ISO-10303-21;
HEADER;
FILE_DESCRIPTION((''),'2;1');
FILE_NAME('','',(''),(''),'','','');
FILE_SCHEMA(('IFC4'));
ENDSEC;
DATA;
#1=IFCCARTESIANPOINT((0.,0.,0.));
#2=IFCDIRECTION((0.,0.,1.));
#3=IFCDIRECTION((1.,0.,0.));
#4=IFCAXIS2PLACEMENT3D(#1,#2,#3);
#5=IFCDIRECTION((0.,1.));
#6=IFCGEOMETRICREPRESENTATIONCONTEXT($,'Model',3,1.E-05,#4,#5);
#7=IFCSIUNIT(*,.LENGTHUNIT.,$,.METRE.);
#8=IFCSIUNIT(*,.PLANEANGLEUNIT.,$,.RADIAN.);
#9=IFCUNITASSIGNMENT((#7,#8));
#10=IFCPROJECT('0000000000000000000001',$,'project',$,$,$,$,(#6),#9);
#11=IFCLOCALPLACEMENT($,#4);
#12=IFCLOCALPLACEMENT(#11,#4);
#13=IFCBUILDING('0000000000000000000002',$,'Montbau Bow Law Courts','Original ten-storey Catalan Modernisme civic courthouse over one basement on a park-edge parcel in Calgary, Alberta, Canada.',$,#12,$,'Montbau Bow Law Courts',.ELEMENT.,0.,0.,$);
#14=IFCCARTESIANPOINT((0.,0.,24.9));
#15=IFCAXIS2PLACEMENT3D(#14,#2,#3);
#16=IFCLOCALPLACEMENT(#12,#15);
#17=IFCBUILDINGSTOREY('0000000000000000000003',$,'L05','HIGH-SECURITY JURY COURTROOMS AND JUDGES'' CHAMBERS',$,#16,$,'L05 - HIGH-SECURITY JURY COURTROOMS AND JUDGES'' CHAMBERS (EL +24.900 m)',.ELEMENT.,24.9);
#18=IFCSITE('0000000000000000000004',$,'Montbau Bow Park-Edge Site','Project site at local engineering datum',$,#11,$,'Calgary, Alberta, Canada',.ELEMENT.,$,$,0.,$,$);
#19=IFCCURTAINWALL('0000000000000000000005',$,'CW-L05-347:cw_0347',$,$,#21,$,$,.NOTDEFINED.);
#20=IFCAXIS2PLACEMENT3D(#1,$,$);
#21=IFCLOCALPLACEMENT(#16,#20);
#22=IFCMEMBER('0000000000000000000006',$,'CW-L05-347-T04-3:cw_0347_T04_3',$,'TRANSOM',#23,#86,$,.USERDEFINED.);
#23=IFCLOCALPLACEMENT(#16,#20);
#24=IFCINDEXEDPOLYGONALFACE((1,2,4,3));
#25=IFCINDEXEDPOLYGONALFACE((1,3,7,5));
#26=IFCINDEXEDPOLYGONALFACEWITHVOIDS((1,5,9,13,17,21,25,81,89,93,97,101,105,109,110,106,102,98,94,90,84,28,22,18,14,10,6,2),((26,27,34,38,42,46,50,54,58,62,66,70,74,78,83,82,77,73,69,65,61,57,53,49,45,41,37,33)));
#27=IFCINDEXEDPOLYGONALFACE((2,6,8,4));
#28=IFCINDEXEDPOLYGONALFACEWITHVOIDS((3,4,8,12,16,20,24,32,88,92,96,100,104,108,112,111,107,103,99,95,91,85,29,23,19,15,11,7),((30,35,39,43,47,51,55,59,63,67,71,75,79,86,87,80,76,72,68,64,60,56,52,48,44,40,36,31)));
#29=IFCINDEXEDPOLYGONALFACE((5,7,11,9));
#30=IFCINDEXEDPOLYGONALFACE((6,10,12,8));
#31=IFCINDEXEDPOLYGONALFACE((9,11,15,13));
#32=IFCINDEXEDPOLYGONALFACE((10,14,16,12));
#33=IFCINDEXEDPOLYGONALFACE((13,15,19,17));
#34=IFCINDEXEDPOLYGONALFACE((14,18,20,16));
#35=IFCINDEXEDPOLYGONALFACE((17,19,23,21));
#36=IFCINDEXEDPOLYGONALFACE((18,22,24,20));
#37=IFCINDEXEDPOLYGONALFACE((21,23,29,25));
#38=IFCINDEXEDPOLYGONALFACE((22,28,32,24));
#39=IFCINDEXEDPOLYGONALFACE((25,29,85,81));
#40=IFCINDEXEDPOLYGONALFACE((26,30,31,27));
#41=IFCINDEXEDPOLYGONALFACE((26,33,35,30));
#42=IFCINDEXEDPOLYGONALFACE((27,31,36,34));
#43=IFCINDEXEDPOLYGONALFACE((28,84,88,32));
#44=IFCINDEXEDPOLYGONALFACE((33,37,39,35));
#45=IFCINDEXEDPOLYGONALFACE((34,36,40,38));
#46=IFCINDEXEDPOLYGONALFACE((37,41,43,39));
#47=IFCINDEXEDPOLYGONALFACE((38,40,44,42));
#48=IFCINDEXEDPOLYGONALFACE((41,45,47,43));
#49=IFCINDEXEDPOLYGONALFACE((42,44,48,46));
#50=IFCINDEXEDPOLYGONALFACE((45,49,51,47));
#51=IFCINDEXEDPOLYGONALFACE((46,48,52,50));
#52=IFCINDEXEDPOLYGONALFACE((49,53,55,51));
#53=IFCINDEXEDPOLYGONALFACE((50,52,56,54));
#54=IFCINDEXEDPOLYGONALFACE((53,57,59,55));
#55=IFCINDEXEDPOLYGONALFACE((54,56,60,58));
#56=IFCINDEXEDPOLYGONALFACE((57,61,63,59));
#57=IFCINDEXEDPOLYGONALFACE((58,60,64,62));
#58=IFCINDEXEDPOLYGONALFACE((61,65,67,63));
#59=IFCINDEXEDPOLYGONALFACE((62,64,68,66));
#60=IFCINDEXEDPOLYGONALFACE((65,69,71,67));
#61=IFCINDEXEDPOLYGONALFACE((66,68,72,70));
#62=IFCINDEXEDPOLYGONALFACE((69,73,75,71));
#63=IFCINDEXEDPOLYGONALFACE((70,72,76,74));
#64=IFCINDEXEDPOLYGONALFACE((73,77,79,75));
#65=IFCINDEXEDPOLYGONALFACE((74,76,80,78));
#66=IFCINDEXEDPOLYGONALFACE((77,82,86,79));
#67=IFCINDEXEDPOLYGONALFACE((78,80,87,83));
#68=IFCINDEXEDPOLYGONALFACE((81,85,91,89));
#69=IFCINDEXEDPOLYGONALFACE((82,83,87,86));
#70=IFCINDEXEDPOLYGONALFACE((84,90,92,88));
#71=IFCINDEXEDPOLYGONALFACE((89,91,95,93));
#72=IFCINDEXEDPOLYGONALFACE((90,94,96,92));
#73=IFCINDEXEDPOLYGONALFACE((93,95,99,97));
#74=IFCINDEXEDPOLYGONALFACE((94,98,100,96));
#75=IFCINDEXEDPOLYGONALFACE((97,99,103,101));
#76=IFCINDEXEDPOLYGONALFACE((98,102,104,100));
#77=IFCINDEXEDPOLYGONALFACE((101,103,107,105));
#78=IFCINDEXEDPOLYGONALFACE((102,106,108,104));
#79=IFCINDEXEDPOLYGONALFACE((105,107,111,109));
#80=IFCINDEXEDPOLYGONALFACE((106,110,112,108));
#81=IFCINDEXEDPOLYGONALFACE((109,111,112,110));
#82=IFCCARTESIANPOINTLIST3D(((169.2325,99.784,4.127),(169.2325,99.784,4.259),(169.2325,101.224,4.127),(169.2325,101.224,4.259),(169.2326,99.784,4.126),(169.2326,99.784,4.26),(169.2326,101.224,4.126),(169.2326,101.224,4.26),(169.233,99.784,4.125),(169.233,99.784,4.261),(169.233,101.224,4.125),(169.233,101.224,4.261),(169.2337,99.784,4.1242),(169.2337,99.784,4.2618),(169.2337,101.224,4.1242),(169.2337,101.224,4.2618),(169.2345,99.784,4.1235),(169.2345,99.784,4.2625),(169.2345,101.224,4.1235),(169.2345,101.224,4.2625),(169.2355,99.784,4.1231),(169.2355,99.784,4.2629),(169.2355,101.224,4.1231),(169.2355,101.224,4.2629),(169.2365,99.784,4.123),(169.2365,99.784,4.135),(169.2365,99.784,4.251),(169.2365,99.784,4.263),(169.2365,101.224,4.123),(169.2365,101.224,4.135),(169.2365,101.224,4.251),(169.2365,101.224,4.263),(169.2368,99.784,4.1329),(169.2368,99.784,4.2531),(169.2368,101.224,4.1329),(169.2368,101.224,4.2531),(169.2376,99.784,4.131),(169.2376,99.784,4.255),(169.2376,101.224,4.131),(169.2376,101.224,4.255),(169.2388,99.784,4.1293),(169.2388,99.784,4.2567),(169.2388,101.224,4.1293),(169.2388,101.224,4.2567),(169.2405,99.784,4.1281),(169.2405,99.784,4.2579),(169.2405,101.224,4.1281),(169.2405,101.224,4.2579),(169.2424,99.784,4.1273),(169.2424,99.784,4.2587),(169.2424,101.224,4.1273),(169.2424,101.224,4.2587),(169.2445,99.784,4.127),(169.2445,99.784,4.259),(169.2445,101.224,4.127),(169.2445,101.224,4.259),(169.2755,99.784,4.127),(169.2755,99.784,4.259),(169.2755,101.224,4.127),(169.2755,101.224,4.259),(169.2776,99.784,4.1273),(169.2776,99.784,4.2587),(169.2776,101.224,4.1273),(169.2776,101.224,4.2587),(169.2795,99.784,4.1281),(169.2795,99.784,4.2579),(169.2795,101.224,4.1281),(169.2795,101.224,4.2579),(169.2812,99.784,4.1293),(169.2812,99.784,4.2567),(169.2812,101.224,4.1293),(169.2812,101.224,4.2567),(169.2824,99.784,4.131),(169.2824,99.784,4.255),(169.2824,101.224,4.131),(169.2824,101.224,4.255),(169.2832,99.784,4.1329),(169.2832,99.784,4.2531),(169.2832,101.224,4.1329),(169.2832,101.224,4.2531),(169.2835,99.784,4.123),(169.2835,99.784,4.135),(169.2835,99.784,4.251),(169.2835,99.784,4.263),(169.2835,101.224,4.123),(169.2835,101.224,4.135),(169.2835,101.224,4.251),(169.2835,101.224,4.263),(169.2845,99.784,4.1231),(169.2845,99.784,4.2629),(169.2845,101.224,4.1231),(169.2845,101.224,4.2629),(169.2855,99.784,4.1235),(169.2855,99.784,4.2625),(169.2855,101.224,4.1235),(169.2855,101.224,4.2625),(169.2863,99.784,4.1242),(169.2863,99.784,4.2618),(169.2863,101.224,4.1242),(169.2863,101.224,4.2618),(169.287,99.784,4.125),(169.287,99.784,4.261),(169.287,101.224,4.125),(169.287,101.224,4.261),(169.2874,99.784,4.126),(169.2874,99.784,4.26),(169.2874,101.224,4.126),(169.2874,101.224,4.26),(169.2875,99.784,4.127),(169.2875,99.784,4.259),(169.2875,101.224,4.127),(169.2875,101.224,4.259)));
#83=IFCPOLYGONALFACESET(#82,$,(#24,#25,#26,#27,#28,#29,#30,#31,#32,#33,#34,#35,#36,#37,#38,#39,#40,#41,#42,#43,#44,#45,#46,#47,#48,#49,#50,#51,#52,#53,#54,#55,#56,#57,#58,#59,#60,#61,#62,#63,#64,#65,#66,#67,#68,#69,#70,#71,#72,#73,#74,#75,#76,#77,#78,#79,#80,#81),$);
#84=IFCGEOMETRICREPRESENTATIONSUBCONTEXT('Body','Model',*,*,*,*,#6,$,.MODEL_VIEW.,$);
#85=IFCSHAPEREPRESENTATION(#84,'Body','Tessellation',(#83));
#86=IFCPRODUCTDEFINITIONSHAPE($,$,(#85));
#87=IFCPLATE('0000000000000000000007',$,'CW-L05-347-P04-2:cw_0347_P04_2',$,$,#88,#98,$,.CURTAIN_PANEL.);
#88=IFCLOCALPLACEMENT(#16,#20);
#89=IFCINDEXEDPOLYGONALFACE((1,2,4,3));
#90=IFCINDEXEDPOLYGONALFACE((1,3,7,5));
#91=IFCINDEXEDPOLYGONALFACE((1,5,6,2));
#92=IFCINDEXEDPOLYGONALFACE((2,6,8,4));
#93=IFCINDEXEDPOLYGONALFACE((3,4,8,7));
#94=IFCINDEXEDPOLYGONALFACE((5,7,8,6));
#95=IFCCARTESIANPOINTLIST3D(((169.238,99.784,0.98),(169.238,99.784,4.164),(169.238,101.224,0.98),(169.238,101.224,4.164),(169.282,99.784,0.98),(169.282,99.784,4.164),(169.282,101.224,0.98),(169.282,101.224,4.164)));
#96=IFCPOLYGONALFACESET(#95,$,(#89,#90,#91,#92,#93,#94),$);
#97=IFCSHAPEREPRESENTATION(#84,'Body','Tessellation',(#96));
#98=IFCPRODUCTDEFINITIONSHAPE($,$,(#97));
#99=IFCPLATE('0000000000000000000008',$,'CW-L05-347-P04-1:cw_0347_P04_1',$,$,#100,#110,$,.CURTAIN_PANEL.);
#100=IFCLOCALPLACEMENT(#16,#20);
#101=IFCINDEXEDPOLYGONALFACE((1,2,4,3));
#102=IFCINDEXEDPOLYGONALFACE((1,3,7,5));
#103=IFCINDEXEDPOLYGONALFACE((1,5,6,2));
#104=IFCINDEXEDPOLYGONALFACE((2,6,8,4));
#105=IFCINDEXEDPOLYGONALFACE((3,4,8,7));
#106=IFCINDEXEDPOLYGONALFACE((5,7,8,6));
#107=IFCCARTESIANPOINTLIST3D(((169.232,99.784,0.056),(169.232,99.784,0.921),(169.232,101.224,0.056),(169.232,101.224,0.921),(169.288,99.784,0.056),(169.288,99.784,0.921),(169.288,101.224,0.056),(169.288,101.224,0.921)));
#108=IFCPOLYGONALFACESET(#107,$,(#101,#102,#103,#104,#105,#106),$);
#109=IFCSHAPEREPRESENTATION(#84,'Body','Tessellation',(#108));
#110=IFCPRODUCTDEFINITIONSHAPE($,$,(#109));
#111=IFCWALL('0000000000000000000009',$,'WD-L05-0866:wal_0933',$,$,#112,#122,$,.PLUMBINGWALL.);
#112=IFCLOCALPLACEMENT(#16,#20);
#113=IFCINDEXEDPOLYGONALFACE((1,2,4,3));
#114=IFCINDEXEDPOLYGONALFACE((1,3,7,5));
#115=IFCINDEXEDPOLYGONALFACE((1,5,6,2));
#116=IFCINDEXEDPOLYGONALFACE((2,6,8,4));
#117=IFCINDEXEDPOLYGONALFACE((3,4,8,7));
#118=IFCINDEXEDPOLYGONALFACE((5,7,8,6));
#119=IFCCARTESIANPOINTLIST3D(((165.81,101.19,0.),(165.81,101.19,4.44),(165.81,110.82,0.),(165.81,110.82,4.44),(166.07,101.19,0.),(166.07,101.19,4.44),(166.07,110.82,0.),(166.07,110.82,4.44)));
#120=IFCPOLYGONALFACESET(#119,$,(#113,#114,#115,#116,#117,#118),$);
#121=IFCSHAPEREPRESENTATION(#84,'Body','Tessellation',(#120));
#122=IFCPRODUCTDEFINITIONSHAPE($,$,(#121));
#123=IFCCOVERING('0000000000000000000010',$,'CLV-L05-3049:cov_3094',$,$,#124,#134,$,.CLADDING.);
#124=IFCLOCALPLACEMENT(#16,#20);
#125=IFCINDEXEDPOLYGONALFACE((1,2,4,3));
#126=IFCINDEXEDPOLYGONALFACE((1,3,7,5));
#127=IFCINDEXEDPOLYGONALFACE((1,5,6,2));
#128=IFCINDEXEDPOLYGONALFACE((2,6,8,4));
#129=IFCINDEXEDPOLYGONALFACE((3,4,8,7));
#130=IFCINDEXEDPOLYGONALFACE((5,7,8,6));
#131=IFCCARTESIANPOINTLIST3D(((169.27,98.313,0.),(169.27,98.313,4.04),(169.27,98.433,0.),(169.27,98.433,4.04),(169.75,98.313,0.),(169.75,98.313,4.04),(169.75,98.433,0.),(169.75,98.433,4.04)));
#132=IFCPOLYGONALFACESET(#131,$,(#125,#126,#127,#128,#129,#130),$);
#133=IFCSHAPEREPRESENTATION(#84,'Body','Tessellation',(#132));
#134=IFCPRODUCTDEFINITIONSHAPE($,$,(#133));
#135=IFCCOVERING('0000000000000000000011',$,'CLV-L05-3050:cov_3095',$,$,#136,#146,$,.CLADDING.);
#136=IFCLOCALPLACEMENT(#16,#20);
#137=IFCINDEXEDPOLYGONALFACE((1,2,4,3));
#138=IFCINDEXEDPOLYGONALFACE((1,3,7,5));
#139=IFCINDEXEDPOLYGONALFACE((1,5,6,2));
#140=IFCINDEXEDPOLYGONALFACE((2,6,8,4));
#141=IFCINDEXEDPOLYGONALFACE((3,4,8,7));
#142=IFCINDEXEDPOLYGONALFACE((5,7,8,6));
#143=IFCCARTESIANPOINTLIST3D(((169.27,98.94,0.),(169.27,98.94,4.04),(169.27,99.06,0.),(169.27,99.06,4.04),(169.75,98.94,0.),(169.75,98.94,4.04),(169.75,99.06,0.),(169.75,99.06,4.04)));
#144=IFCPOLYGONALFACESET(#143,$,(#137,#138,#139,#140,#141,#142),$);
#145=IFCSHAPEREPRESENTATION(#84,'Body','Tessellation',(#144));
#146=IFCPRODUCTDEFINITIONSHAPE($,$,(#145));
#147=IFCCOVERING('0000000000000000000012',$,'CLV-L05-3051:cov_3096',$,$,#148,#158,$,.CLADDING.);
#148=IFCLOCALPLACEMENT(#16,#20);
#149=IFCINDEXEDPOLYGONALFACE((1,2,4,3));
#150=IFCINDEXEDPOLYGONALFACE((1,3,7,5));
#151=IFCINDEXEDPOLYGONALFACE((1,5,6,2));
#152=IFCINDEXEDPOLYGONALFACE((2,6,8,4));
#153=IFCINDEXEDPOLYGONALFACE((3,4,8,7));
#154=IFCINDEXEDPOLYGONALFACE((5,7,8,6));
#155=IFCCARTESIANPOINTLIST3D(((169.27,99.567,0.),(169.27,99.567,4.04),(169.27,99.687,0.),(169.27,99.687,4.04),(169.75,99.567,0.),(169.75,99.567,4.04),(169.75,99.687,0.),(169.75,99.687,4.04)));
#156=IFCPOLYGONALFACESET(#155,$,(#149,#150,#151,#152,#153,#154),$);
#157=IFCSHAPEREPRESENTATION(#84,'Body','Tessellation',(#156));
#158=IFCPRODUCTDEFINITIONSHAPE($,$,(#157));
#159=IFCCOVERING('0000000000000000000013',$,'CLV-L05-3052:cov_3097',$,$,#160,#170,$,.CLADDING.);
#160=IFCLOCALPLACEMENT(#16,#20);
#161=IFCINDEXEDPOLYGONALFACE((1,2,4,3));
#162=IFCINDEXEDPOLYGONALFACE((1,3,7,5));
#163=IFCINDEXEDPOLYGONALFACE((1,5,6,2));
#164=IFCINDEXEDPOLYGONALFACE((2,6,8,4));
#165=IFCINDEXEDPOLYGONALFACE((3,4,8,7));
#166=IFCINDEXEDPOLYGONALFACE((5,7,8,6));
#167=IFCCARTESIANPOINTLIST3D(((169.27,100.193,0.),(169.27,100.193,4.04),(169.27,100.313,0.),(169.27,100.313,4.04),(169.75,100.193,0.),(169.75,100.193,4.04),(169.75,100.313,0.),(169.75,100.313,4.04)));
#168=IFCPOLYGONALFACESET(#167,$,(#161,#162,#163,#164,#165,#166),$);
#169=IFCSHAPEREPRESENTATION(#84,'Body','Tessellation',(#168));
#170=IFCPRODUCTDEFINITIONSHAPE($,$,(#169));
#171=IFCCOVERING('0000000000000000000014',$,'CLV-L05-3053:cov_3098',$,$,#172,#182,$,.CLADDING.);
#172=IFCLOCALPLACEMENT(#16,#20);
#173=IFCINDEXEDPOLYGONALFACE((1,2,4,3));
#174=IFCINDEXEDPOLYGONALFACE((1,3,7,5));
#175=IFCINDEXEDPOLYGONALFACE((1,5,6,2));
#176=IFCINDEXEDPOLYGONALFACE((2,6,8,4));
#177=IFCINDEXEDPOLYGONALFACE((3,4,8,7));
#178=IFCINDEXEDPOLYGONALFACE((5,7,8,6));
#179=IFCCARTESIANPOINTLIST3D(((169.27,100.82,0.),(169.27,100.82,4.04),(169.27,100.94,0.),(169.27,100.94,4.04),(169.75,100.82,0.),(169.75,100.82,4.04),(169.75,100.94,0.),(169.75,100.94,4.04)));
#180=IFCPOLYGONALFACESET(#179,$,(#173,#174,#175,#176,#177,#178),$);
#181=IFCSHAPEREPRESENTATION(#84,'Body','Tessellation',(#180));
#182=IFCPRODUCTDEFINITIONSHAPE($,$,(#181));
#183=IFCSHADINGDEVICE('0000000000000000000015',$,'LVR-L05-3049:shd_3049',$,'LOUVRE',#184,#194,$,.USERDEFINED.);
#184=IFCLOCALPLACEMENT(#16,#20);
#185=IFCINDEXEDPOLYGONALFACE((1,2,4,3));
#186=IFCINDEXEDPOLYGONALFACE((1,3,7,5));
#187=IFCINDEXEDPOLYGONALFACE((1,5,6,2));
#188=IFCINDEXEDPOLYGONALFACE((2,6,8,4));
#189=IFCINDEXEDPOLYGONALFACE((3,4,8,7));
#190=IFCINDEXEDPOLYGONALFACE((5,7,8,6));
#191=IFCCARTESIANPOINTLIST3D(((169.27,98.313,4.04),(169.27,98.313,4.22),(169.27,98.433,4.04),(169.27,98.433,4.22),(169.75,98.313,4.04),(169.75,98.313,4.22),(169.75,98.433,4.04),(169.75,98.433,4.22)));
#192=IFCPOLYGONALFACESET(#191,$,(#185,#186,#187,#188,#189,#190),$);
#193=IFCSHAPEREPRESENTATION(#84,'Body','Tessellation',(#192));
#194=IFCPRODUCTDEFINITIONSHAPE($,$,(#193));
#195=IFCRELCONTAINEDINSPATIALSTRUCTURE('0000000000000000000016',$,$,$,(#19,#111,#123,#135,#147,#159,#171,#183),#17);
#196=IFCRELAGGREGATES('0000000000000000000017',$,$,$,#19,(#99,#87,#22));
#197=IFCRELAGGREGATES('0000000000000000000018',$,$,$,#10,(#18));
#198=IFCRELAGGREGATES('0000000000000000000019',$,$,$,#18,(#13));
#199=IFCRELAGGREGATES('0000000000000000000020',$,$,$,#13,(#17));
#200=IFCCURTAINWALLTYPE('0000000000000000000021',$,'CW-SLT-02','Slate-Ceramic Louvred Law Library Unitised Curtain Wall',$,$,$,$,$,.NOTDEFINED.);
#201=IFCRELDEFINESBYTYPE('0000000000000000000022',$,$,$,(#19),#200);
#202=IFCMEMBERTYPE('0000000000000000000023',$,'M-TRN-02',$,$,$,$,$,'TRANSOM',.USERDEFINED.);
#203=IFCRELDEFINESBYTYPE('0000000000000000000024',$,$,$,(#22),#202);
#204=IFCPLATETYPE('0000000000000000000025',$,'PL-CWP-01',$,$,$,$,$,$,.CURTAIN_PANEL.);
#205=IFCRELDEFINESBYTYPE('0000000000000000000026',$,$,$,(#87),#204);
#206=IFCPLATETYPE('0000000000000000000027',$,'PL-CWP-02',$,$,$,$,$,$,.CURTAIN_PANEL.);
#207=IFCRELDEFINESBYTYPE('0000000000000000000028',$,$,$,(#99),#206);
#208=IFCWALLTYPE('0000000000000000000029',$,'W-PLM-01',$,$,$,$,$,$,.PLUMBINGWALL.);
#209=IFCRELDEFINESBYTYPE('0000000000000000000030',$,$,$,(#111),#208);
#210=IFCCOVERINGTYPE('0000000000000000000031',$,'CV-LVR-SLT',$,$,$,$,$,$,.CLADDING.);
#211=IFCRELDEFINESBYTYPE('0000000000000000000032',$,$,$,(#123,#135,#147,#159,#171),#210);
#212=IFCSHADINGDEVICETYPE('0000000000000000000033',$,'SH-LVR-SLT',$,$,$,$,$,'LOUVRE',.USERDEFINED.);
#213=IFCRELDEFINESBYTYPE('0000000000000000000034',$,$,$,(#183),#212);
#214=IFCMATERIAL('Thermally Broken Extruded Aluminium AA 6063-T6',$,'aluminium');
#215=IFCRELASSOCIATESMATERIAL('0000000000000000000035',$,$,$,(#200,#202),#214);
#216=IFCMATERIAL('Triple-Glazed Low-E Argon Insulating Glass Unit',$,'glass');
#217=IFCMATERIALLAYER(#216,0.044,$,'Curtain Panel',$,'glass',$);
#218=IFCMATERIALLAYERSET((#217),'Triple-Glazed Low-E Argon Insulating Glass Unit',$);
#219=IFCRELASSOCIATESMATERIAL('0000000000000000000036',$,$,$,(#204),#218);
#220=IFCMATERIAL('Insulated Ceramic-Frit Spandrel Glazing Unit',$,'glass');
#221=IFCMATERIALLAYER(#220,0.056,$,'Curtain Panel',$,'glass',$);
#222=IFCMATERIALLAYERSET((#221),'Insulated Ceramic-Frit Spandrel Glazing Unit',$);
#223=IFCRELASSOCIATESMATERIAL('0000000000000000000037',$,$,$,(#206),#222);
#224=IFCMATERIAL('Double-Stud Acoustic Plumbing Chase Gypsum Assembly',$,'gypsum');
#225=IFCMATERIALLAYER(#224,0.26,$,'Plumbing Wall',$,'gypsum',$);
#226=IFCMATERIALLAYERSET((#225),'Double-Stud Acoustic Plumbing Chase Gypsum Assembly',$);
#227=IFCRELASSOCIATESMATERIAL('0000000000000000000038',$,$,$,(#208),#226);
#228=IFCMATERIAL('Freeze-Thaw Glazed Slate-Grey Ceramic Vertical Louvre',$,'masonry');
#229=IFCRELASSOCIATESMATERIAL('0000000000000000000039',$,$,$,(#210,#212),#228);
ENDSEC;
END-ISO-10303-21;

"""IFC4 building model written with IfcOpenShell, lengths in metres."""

from ifc_helpers import new_model, si_unit, direction, frame, frame_2d, origin_with_axes, origin_2d_with_axis, place, context, subcontext, project, spatial, rectangle, hollow_rectangle, extrude, material, layer, layer_set, material_profile, profile_set, type_object, element, aggregate, save


model = new_model("IFC4")

# Units and contexts
model_context = context("Model", 3, precision=1e-05, world=origin_with_axes(), true_north=direction((0.0, 1.0)))
body_context = subcontext(model_context, "Body", "Model", "MODEL_VIEW")
ifc_project = project(units=[si_unit("LENGTHUNIT", "METRE"), si_unit("PLANEANGLEUNIT", "RADIAN")], contexts=[model_context])

# Site, building, storey
site_placement = place(None, origin_with_axes())
site = spatial("IfcSite", under=ifc_project, at=site_placement, Name="Montbau Bow Park-Edge Site", Description="Project site at local engineering datum", LongName="Calgary, Alberta, Canada", CompositionType="ELEMENT", RefElevation=0.0)
building_placement = place(site_placement, origin_with_axes())
building = spatial("IfcBuilding", under=site, at=building_placement, Name="Montbau Bow Law Courts", Description="Original ten-storey Catalan Modernisme civic courthouse over one basement on a park-edge parcel in Calgary, Alberta, Canada.", LongName="Montbau Bow Law Courts", CompositionType="ELEMENT", ElevationOfRefHeight=0.0, ElevationOfTerrain=0.0)
storey_placement = place(building_placement, frame((0.0, 0.0, 24.9), z_axis=(0.0, 0.0, 1.0), x_axis=(1.0, 0.0, 0.0)))
storey = spatial("IfcBuildingStorey", under=building, at=storey_placement, Name="L05", Description="HIGH-SECURITY JURY COURTROOMS AND JUDGES' CHAMBERS", LongName="L05 - HIGH-SECURITY JURY COURTROOMS AND JUDGES' CHAMBERS (EL +24.900 m)", CompositionType="ELEMENT", Elevation=24.9)

# Curtain wall, member, plates
ifc_material_1 = material(Name="Thermally Broken Extruded Aluminium AA 6063-T6", Category="aluminium")
curtain_wall_type = type_object("IfcCurtainWallType", Name="CW-SLT-02", Description="Slate-Ceramic Louvred Law Library Unitised Curtain Wall", PredefinedType="NOTDEFINED", material=ifc_material_1)
curtain_wall_placement = place(None, frame((169.26, 95.24, 24.9), z_axis=(0.0, 0.0, 1.0), x_axis=(1.0, 0.0, 0.0)))
curtain_wall = element("IfcCurtainWall", 1, at=curtain_wall_placement, inside=storey, type_object=curtain_wall_type, Name="CW-L05-347:cw_0347", PredefinedType="NOTDEFINED")
ifc_material_profile_1 = material_profile(ifc_material_1, hollow_rectangle(XDim=0.055, YDim=0.14, WallThickness=0.004, InnerFilletRadius=0.008, OuterFilletRadius=0.004, at=origin_2d_with_axis()), Name="CWT-140X55", Category="Main", Priority=0)
ifc_profile_set_1 = profile_set([ifc_material_profile_1], Name="Thermally Broken Extruded Aluminium AA 6063-T6")
member_type_1 = type_object("IfcMemberType", Name="M-TRN-02", ElementType="TRANSOM", PredefinedType="USERDEFINED", material=ifc_profile_set_1)
member_1_placement = place(None, frame((169.26, 99.784, 29.093), z_axis=(0.0, 1.0, 0.0), x_axis=(-1.0, 0.0, 0.0)))
member_1 = element("IfcMember", 2, at=member_1_placement, type_object=member_type_1, Name="CW-L05-347-T04-3:cw_0347_T04_3", ObjectType="TRANSOM", PredefinedType="USERDEFINED", context=body_context, shape_type="SweptSolid", body=[
    extrude(hollow_rectangle(XDim=0.055, YDim=0.14, WallThickness=0.004, InnerFilletRadius=0.008, OuterFilletRadius=0.004, at=origin_2d_with_axis()), origin_with_axes(), (0.0, 0.0, 1.0), 1.44),
])
ifc_material_2 = material(Name="Triple-Glazed Low-E Argon Insulating Glass Unit", Category="glass")
ifc_layer_1 = layer(ifc_material_2, 0.044, Name="Curtain Panel", Category="glass")
ifc_layer_set_1 = layer_set([ifc_layer_1], Name="Triple-Glazed Low-E Argon Insulating Glass Unit")
plate_type_1 = type_object("IfcPlateType", Name="PL-CWP-01", PredefinedType="CURTAIN_PANEL", material=ifc_layer_set_1)
plate_1_placement = place(None, frame((169.26, 99.784, 25.88), z_axis=(1.0, 0.0, 0.0), x_axis=(0.0, 1.0, 0.0)))
plate_1 = element("IfcPlate", 3, at=plate_1_placement, type_object=plate_type_1, Name="CW-L05-347-P04-2:cw_0347_P04_2", PredefinedType="CURTAIN_PANEL", context=body_context, shape_type="SweptSolid", body=[
    extrude(rectangle(XDim=1.44, YDim=3.184, at=frame_2d((0.72, 1.592), x_axis=(1.0, 0.0))), frame((0.0, 0.0, -0.022), z_axis=(0.0, 0.0, 1.0), x_axis=(1.0, 0.0, 0.0)), (0.0, 0.0, 1.0), 0.044),
])
ifc_material_3 = material(Name="Insulated Ceramic-Frit Spandrel Glazing Unit", Category="glass")
ifc_layer_2 = layer(ifc_material_3, 0.056, Name="Curtain Panel", Category="glass")
ifc_layer_set_2 = layer_set([ifc_layer_2], Name="Insulated Ceramic-Frit Spandrel Glazing Unit")
plate_type_2 = type_object("IfcPlateType", Name="PL-CWP-02", PredefinedType="CURTAIN_PANEL", material=ifc_layer_set_2)
plate_2_placement = place(None, frame((169.26, 99.784, 24.956), z_axis=(1.0, 0.0, 0.0), x_axis=(0.0, 1.0, 0.0)))
plate_2 = element("IfcPlate", 4, at=plate_2_placement, type_object=plate_type_2, Name="CW-L05-347-P04-1:cw_0347_P04_1", PredefinedType="CURTAIN_PANEL", context=body_context, shape_type="SweptSolid", body=[
    extrude(rectangle(XDim=1.44, YDim=0.865, at=frame_2d((0.72, 0.4325), x_axis=(1.0, 0.0))), frame((0.0, 0.0, -0.028), z_axis=(0.0, 0.0, 1.0), x_axis=(1.0, 0.0, 0.0)), (0.0, 0.0, 1.0), 0.056),
])
aggregate(curtain_wall, [plate_2, plate_1, member_1])

# Wall
ifc_material_4 = material(Name="Double-Stud Acoustic Plumbing Chase Gypsum Assembly", Category="gypsum")
ifc_layer_3 = layer(ifc_material_4, 0.26, Name="Plumbing Wall", Category="gypsum")
ifc_layer_set_3 = layer_set([ifc_layer_3], Name="Double-Stud Acoustic Plumbing Chase Gypsum Assembly")
wall_type = type_object("IfcWallType", Name="W-PLM-01", PredefinedType="PLUMBINGWALL", material=ifc_layer_set_3)
wall_placement = place(None, frame((165.94, 101.19, 24.9), z_axis=(0.0, 0.0, 1.0), x_axis=(0.0, 1.0, 0.0)))
element("IfcWall", 5, at=wall_placement, inside=storey, type_object=wall_type, Name="WD-L05-0866:wal_0933", PredefinedType="PLUMBINGWALL", context=body_context, shape_type="SweptSolid", body=[
    extrude(rectangle(XDim=9.63, YDim=0.26, at=frame_2d((4.815, 0.0), x_axis=(1.0, 0.0))), origin_with_axes(), (0.0, 0.0, 1.0), 4.44),
])

# Coverings
ifc_material_5 = material(Name="Freeze-Thaw Glazed Slate-Grey Ceramic Vertical Louvre", Category="masonry")
covering_type = type_object("IfcCoveringType", Name="CV-LVR-SLT", PredefinedType="CLADDING", material=ifc_material_5)
for number, where, z_axis, x_axis, name in (
    (6, (169.27, 98.373, 24.9), (0.0, -1.0, 0.0), (1.0, 0.0, 0.0), "CLV-L05-3049:cov_3094"),
    (7, (169.27, 99.0, 24.9), (0.0, -1.0, 0.0), (1.0, 0.0, 0.0), "CLV-L05-3050:cov_3095"),
    (8, (169.27, 99.627, 24.9), (0.0, -1.0, 0.0), (1.0, 0.0, 0.0), "CLV-L05-3051:cov_3096"),
    (9, (169.27, 100.253, 24.9), (0.0, -1.0, 0.0), (1.0, 0.0, 0.0), "CLV-L05-3052:cov_3097"),
    (10, (169.27, 100.88, 24.9), (0.0, -1.0, 0.0), (1.0, 0.0, 0.0), "CLV-L05-3053:cov_3098"),
):
    element("IfcCovering", number, at=place(None, frame(where, z_axis=z_axis, x_axis=x_axis)), inside=storey, type_object=covering_type, Name=name, PredefinedType="CLADDING", context=body_context, shape_type="SweptSolid", body=[
        extrude(rectangle(XDim=0.48, YDim=4.04, at=frame_2d((0.24, 2.02), x_axis=(1.0, 0.0))), frame((0.0, 0.0, -0.06), z_axis=(0.0, 0.0, 1.0), x_axis=(1.0, 0.0, 0.0)), (0.0, 0.0, 1.0), 0.12),
    ])

# Shading device
shading_device_type = type_object("IfcShadingDeviceType", Name="SH-LVR-SLT", ElementType="LOUVRE", PredefinedType="USERDEFINED", material=ifc_material_5)
for number, where, z_axis, x_axis, name in (
    (11, (169.51, 98.373, 28.94), (0.0, 0.0, 1.0), (1.0, 0.0, 0.0), "LVR-L05-3049:shd_3049"),
):
    element("IfcShadingDevice", number, at=place(None, frame(where, z_axis=z_axis, x_axis=x_axis)), inside=storey, type_object=shading_device_type, Name=name, ObjectType="LOUVRE", PredefinedType="USERDEFINED", context=body_context, shape_type="SweptSolid", body=[
        extrude(rectangle(XDim=0.48, YDim=0.12, at=origin_2d_with_axis()), origin_with_axes(), (0.0, 0.0, 1.0), 0.18),
    ])

save(model, "model.ifc")
